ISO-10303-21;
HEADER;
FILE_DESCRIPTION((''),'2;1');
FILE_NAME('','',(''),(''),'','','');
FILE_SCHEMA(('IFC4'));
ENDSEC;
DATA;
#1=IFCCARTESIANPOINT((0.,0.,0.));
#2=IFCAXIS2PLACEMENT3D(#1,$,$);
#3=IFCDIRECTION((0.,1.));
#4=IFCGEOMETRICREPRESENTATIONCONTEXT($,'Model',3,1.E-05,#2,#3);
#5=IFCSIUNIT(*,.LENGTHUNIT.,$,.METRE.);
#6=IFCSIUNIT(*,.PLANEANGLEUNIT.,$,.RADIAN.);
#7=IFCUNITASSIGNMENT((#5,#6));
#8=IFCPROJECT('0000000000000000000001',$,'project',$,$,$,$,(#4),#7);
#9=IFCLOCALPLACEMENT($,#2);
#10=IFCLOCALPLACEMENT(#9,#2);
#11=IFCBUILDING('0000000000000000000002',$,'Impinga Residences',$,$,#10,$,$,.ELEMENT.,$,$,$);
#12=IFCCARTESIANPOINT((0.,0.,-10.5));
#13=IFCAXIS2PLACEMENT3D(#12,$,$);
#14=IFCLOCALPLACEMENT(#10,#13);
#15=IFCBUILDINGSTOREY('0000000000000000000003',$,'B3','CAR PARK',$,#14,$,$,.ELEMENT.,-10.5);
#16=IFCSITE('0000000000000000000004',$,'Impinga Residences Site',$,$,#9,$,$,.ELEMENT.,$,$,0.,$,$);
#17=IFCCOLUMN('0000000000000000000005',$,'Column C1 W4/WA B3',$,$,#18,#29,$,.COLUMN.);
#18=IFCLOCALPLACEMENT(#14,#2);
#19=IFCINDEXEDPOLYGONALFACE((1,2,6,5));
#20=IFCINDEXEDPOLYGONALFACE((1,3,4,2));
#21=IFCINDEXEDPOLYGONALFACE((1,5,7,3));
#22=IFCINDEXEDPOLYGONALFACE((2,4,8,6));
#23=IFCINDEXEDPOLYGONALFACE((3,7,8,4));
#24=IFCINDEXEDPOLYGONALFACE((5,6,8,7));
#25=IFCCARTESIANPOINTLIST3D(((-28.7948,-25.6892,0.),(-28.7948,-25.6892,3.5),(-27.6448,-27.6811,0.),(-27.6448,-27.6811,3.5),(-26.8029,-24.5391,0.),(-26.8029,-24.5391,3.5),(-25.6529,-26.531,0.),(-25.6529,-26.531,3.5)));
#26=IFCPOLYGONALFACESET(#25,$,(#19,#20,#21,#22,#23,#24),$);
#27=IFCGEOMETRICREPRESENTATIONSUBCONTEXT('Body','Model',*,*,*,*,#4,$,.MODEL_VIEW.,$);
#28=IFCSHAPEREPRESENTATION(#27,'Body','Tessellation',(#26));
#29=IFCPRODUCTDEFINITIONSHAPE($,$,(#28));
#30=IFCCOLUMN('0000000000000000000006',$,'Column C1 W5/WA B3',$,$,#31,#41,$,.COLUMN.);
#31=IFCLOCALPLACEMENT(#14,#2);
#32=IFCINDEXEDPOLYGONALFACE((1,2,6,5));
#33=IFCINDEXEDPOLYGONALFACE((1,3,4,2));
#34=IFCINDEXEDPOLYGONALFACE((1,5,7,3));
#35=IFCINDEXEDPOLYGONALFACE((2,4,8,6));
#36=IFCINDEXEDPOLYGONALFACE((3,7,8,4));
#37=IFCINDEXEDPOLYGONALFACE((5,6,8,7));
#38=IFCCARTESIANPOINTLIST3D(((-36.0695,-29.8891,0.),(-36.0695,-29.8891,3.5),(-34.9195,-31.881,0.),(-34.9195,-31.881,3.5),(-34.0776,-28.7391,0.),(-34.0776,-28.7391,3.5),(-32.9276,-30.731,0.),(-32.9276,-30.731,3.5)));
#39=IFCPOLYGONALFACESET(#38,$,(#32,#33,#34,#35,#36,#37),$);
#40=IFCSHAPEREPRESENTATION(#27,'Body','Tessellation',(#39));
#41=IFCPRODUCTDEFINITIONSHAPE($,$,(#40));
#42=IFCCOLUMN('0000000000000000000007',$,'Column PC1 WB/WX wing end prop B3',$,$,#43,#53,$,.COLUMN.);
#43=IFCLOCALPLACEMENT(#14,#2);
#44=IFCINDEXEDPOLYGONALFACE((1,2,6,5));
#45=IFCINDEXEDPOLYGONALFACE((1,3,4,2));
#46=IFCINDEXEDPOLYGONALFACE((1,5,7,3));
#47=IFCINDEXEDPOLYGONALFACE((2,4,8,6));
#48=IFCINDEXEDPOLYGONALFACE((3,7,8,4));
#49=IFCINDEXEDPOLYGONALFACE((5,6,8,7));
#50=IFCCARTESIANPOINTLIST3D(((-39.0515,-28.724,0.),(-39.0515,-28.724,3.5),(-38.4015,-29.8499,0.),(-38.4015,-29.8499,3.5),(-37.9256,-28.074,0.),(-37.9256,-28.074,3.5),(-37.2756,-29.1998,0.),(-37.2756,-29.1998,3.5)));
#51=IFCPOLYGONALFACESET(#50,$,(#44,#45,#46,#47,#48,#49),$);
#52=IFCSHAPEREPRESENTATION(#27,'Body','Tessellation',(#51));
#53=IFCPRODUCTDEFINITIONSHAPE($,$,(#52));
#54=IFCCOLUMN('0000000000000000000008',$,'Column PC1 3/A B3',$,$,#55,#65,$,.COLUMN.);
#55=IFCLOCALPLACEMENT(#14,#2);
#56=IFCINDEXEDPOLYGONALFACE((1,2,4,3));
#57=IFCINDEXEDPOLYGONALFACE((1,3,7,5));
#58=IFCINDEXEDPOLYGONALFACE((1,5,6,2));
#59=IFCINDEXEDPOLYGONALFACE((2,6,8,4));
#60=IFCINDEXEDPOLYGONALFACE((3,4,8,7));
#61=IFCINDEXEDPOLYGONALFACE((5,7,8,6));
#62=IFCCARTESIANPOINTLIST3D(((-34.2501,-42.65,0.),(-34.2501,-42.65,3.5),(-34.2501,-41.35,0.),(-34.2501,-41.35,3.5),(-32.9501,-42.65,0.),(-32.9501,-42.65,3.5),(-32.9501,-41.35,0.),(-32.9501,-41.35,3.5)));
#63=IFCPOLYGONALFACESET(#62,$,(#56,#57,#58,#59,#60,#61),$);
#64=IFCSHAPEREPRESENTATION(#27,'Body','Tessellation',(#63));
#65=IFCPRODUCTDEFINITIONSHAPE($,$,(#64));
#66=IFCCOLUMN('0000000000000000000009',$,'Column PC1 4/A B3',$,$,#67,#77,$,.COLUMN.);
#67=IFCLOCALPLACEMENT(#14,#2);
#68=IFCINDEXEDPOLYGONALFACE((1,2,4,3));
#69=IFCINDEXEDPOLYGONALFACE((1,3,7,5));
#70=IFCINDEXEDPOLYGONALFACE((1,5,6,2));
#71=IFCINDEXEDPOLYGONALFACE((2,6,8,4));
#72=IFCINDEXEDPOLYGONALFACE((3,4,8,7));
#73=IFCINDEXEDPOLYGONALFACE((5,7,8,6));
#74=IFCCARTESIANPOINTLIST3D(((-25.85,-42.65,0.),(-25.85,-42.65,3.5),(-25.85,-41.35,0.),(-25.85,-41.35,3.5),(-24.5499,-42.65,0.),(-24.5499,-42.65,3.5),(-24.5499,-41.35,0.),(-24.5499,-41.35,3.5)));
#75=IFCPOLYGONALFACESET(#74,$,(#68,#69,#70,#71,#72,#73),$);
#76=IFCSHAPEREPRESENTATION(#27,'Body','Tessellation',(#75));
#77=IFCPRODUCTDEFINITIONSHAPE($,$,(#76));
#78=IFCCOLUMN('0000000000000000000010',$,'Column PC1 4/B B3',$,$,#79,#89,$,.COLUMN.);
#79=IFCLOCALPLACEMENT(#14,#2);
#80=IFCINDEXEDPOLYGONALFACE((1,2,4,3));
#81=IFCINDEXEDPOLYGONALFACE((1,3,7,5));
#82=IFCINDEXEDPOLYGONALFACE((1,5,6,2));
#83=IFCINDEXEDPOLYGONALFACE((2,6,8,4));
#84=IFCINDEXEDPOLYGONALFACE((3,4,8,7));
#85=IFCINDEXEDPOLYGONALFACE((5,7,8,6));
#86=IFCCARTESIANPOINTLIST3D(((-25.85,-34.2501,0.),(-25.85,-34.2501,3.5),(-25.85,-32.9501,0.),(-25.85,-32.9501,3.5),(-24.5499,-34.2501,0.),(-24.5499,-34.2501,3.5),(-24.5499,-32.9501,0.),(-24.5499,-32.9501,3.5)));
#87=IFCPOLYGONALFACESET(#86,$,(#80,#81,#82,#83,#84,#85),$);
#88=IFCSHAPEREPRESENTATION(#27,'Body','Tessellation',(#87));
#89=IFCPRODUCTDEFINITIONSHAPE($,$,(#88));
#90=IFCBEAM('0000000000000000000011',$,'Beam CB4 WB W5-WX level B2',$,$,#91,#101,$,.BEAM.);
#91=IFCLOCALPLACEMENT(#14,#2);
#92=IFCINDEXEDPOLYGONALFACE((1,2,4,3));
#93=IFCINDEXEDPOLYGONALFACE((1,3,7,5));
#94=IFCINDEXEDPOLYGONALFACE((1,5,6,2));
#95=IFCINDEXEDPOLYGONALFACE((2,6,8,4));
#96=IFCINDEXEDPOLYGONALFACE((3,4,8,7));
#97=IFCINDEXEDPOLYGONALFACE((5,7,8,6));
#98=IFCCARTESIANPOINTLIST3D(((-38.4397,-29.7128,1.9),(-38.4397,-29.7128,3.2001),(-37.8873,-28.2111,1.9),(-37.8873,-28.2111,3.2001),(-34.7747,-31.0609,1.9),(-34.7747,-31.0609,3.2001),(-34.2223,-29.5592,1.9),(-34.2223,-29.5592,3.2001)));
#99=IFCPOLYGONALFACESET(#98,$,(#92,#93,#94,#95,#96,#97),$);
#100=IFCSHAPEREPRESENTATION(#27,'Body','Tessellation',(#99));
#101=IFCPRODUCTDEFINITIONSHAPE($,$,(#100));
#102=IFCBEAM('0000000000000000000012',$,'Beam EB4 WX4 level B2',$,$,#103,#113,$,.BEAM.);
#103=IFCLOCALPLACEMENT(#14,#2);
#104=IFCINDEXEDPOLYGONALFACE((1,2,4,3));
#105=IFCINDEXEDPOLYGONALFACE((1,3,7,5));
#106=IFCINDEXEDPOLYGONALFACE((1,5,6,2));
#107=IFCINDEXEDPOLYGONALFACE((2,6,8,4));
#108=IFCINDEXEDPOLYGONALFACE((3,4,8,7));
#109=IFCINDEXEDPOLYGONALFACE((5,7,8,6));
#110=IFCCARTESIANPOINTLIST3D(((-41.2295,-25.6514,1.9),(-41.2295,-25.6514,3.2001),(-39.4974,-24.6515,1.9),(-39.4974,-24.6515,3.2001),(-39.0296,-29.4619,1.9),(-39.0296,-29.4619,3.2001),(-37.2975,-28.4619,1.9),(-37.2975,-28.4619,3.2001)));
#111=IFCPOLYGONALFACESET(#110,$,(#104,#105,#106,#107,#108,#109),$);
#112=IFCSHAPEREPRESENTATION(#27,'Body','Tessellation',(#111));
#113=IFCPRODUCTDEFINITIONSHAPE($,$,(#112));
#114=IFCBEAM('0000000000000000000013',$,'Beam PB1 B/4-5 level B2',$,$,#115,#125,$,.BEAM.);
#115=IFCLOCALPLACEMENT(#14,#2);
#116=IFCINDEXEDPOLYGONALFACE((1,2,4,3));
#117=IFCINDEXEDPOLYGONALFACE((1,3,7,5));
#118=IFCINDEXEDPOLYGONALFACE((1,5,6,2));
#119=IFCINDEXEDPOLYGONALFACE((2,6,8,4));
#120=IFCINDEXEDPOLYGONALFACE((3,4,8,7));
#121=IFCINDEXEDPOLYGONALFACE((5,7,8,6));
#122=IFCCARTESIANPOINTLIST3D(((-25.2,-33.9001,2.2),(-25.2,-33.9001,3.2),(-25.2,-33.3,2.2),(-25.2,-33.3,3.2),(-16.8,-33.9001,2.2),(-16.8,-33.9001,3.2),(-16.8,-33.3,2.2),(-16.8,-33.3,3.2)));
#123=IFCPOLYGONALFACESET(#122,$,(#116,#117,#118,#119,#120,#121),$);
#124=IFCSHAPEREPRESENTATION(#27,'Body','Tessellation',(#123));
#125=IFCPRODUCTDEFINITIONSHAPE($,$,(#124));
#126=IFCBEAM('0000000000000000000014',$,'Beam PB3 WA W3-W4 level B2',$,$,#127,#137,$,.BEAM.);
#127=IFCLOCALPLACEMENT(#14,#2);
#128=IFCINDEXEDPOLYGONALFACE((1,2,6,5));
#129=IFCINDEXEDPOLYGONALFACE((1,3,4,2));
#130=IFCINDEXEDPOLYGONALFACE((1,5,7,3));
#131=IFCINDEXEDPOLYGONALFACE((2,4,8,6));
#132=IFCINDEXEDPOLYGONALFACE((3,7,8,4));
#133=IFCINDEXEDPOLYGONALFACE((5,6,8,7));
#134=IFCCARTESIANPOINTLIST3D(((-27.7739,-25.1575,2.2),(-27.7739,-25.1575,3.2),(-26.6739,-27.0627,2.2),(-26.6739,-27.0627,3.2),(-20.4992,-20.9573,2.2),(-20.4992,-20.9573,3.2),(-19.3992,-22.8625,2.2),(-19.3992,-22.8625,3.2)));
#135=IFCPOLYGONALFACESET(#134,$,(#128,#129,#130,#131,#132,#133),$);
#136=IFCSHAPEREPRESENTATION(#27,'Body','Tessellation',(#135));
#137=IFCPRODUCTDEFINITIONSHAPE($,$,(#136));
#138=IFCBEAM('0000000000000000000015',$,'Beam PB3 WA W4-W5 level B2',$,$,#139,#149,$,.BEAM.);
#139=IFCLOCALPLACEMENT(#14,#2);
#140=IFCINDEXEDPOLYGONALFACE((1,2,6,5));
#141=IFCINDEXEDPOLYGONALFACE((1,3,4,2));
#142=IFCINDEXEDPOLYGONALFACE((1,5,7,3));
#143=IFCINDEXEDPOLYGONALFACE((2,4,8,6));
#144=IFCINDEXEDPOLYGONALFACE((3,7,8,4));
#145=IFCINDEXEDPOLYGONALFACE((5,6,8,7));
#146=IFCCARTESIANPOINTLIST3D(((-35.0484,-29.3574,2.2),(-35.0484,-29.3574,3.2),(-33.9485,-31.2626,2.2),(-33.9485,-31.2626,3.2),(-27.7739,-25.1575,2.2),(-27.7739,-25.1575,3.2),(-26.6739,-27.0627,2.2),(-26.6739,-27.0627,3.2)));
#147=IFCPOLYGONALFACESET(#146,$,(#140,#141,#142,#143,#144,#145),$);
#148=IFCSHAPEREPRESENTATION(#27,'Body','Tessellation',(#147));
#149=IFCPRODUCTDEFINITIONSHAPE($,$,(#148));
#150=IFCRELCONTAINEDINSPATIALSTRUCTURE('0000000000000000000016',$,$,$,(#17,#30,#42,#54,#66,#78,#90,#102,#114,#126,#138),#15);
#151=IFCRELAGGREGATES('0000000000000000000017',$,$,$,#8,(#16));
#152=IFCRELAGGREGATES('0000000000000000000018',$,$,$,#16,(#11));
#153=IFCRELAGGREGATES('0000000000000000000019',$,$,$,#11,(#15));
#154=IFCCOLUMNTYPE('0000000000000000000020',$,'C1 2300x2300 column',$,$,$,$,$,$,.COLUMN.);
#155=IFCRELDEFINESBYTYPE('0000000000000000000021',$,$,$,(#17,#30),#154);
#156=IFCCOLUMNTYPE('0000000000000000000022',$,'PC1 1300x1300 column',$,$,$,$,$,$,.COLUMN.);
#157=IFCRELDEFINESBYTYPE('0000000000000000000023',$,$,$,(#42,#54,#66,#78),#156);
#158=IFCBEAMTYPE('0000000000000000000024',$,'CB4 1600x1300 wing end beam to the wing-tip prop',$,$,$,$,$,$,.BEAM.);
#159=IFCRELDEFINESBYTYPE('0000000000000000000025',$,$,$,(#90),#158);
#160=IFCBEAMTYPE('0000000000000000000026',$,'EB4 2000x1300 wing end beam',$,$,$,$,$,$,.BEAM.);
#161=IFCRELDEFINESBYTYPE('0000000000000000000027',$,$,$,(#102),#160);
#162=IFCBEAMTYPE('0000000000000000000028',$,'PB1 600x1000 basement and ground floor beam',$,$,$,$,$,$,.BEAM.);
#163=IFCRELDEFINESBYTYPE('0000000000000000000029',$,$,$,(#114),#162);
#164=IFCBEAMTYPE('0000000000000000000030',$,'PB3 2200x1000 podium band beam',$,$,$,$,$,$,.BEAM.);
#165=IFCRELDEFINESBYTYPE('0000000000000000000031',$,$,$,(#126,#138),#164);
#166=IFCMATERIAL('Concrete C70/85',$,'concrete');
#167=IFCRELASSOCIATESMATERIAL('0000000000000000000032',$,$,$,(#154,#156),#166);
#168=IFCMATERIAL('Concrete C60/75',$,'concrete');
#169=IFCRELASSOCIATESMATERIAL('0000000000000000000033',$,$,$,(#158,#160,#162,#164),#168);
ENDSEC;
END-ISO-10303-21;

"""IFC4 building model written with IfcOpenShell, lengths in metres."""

from ifc_helpers import new_model, si_unit, direction, frame, origin, origin_2d, place, context, subcontext, project, spatial, rectangle, extrude, material, material_profile, profile_set, type_object, element, save


model = new_model("IFC4")

# Units and contexts
model_context = context("Model", 3, precision=1e-05, world=origin(), true_north=direction((0.0, 1.0)))
body_context = subcontext(model_context, "Body", "Model", "MODEL_VIEW")
ifc_project = project(units=[si_unit("LENGTHUNIT", "METRE"), si_unit("PLANEANGLEUNIT", "RADIAN")], contexts=[model_context])

# Site, building, storey
site_placement = place(None, origin())
site = spatial("IfcSite", under=ifc_project, at=site_placement, Name="Impinga Residences Site", CompositionType="ELEMENT", RefElevation=0.0)
building_placement = place(site_placement, origin())
building = spatial("IfcBuilding", under=site, at=building_placement, Name="Impinga Residences", CompositionType="ELEMENT")
storey_placement = place(building_placement, frame((0.0, 0.0, -10.5)))
storey = spatial("IfcBuildingStorey", under=building, at=storey_placement, Name="B3", Description="CAR PARK", CompositionType="ELEMENT", Elevation=-10.5)

# Columns
ifc_material_1 = material(Name="Concrete C70/85", Category="concrete")
ifc_material_profile_1 = material_profile(ifc_material_1, rectangle(XDim=2.3, YDim=2.3, at=origin_2d()), Name="RC 2300x2300")
ifc_profile_set_1 = profile_set([ifc_material_profile_1], Name="Concrete C70/85")
column_type_1 = type_object("IfcColumnType", Name="C1 2300x2300 column", PredefinedType="COLUMN", material=ifc_profile_set_1)
for number, where, z_axis, x_axis, name in (
    (1, (-27.2239, -26.1101, 0.0), (0.0, 0.0, 1.0), (-0.5, 0.866025, 0.0), "Column C1 W4/WA B3"),
    (2, (-34.4985, -30.3101, 0.0), (0.0, 0.0, 1.0), (-0.5, 0.866025, 0.0), "Column C1 W5/WA B3"),
):
    element("IfcColumn", number, at=place(storey_placement, frame(where, z_axis=z_axis, x_axis=x_axis)), inside=storey, type_object=column_type_1, Name=name, PredefinedType="COLUMN", context=body_context, shape_type="SweptSolid", body=[
        extrude(rectangle(XDim=2.3, YDim=2.3, at=origin_2d()), origin(), (0.0, 0.0, 1.0), 3.5),
    ])
ifc_material_profile_2 = material_profile(ifc_material_1, rectangle(XDim=1.3, YDim=1.3, at=origin_2d()), Name="RC 1300x1300")
ifc_profile_set_2 = profile_set([ifc_material_profile_2], Name="Concrete C70/85")
column_type_2 = type_object("IfcColumnType", Name="PC1 1300x1300 column", PredefinedType="COLUMN", material=ifc_profile_set_2)
for number, where, z_axis, x_axis, name in (
    (3, (-38.1636, -28.9619, 0.0), (0.0, 0.0, 1.0), (-0.5, 0.866025, 0.0), "Column PC1 WB/WX wing end prop B3"),
    (4, (-33.6001, -42.0, 0.0), (0.0, 0.0, 1.0), (1.0, 0.0, 0.0), "Column PC1 3/A B3"),
    (5, (-25.2, -42.0, 0.0), (0.0, 0.0, 1.0), (1.0, 0.0, 0.0), "Column PC1 4/A B3"),
    (6, (-25.2, -33.6001, 0.0), (0.0, 0.0, 1.0), (1.0, 0.0, 0.0), "Column PC1 4/B B3"),
):
    element("IfcColumn", number, at=place(storey_placement, frame(where, z_axis=z_axis, x_axis=x_axis)), inside=storey, type_object=column_type_2, Name=name, PredefinedType="COLUMN", context=body_context, shape_type="SweptSolid", body=[
        extrude(rectangle(XDim=1.3, YDim=1.3, at=origin_2d()), origin(), (0.0, 0.0, 1.0), 3.5),
    ])

# Beams
ifc_material_2 = material(Name="Concrete C60/75", Category="concrete")
ifc_material_profile_3 = material_profile(ifc_material_2, rectangle(XDim=1.6001, YDim=1.3, at=origin_2d()), Name="RC 1600x1300")
ifc_profile_set_3 = profile_set([ifc_material_profile_3], Name="Concrete C60/75")
beam_type_1 = type_object("IfcBeamType", Name="CB4 1600x1300 wing end beam to the wing-tip prop", PredefinedType="BEAM", material=ifc_profile_set_3)
beam_1_placement = place(storey_placement, frame((-34.4985, -30.3101, 2.55), z_axis=(-0.93852, 0.345224, 0.0), x_axis=(-0.345224, -0.93852, 0.0)))
element("IfcBeam", 7, at=beam_1_placement, inside=storey, type_object=beam_type_1, Name="Beam CB4 WB W5-WX level B2", PredefinedType="BEAM", context=body_context, shape_type="SweptSolid", body=[
    extrude(rectangle(XDim=1.6001, YDim=1.3, at=origin_2d()), origin(), (0.0, 0.0, 1.0), 3.905),
])
ifc_material_profile_4 = material_profile(ifc_material_2, rectangle(XDim=2.0, YDim=1.3, at=origin_2d()), Name="RC 2000x1300")
ifc_profile_set_4 = profile_set([ifc_material_profile_4], Name="Concrete C60/75")
beam_type_2 = type_object("IfcBeamType", Name="EB4 2000x1300 wing end beam", PredefinedType="BEAM", material=ifc_profile_set_4)
beam_2_placement = place(storey_placement, frame((-38.1636, -28.9619, 2.55), z_axis=(-0.499988, 0.866032, 0.0), x_axis=(-0.866032, -0.499988, 0.0)))
element("IfcBeam", 8, at=beam_2_placement, inside=storey, type_object=beam_type_2, Name="Beam EB4 WX4 level B2", PredefinedType="BEAM", context=body_context, shape_type="SweptSolid", body=[
    extrude(rectangle(XDim=2.0, YDim=1.3, at=origin_2d()), origin(), (0.0, 0.0, 1.0), 4.3999),
])
ifc_material_profile_5 = material_profile(ifc_material_2, rectangle(XDim=0.6001, YDim=1.0, at=origin_2d()), Name="RC 600x1000")
ifc_profile_set_5 = profile_set([ifc_material_profile_5], Name="Concrete C60/75")
beam_type_3 = type_object("IfcBeamType", Name="PB1 600x1000 basement and ground floor beam", PredefinedType="BEAM", material=ifc_profile_set_5)
beam_3_placement = place(storey_placement, frame((-25.2, -33.6001, 2.7), z_axis=(1.0, 0.0, 0.0), x_axis=(0.0, 1.0, 0.0)))
element("IfcBeam", 9, at=beam_3_placement, inside=storey, type_object=beam_type_3, Name="Beam PB1 B/4-5 level B2", PredefinedType="BEAM", context=body_context, shape_type="SweptSolid", body=[
    extrude(rectangle(XDim=0.6001, YDim=1.0, at=origin_2d()), origin(), (0.0, 0.0, 1.0), 8.3999),
])
ifc_material_profile_6 = material_profile(ifc_material_2, rectangle(XDim=2.2, YDim=1.0, at=origin_2d()), Name="RC 2200x1000")
ifc_profile_set_6 = profile_set([ifc_material_profile_6], Name="Concrete C60/75")
beam_type_4 = type_object("IfcBeamType", Name="PB3 2200x1000 podium band beam", PredefinedType="BEAM", material=ifc_profile_set_6)
beam_4_placement = place(storey_placement, frame((-19.9492, -21.9099, 2.7), z_axis=(-0.866017, -0.500015, 0.0), x_axis=(0.500015, -0.866017, 0.0)))
element("IfcBeam", 10, at=beam_4_placement, inside=storey, type_object=beam_type_4, Name="Beam PB3 WA W3-W4 level B2", PredefinedType="BEAM", context=body_context, shape_type="SweptSolid", body=[
    extrude(rectangle(XDim=2.2, YDim=1.0, at=origin_2d()), origin(), (0.0, 0.0, 1.0), 8.4001),
])
beam_5_placement = place(storey_placement, frame((-27.2239, -26.1101, 2.7), z_axis=(-0.866029, -0.499993, 0.0), x_axis=(0.499993, -0.866029, 0.0)))
element("IfcBeam", 11, at=beam_5_placement, inside=storey, type_object=beam_type_4, Name="Beam PB3 WA W4-W5 level B2", PredefinedType="BEAM", context=body_context, shape_type="SweptSolid", body=[
    extrude(rectangle(XDim=2.2, YDim=1.0, at=origin_2d()), origin(), (0.0, 0.0, 1.0), 8.3999),
])

save(model, "model.ifc")
